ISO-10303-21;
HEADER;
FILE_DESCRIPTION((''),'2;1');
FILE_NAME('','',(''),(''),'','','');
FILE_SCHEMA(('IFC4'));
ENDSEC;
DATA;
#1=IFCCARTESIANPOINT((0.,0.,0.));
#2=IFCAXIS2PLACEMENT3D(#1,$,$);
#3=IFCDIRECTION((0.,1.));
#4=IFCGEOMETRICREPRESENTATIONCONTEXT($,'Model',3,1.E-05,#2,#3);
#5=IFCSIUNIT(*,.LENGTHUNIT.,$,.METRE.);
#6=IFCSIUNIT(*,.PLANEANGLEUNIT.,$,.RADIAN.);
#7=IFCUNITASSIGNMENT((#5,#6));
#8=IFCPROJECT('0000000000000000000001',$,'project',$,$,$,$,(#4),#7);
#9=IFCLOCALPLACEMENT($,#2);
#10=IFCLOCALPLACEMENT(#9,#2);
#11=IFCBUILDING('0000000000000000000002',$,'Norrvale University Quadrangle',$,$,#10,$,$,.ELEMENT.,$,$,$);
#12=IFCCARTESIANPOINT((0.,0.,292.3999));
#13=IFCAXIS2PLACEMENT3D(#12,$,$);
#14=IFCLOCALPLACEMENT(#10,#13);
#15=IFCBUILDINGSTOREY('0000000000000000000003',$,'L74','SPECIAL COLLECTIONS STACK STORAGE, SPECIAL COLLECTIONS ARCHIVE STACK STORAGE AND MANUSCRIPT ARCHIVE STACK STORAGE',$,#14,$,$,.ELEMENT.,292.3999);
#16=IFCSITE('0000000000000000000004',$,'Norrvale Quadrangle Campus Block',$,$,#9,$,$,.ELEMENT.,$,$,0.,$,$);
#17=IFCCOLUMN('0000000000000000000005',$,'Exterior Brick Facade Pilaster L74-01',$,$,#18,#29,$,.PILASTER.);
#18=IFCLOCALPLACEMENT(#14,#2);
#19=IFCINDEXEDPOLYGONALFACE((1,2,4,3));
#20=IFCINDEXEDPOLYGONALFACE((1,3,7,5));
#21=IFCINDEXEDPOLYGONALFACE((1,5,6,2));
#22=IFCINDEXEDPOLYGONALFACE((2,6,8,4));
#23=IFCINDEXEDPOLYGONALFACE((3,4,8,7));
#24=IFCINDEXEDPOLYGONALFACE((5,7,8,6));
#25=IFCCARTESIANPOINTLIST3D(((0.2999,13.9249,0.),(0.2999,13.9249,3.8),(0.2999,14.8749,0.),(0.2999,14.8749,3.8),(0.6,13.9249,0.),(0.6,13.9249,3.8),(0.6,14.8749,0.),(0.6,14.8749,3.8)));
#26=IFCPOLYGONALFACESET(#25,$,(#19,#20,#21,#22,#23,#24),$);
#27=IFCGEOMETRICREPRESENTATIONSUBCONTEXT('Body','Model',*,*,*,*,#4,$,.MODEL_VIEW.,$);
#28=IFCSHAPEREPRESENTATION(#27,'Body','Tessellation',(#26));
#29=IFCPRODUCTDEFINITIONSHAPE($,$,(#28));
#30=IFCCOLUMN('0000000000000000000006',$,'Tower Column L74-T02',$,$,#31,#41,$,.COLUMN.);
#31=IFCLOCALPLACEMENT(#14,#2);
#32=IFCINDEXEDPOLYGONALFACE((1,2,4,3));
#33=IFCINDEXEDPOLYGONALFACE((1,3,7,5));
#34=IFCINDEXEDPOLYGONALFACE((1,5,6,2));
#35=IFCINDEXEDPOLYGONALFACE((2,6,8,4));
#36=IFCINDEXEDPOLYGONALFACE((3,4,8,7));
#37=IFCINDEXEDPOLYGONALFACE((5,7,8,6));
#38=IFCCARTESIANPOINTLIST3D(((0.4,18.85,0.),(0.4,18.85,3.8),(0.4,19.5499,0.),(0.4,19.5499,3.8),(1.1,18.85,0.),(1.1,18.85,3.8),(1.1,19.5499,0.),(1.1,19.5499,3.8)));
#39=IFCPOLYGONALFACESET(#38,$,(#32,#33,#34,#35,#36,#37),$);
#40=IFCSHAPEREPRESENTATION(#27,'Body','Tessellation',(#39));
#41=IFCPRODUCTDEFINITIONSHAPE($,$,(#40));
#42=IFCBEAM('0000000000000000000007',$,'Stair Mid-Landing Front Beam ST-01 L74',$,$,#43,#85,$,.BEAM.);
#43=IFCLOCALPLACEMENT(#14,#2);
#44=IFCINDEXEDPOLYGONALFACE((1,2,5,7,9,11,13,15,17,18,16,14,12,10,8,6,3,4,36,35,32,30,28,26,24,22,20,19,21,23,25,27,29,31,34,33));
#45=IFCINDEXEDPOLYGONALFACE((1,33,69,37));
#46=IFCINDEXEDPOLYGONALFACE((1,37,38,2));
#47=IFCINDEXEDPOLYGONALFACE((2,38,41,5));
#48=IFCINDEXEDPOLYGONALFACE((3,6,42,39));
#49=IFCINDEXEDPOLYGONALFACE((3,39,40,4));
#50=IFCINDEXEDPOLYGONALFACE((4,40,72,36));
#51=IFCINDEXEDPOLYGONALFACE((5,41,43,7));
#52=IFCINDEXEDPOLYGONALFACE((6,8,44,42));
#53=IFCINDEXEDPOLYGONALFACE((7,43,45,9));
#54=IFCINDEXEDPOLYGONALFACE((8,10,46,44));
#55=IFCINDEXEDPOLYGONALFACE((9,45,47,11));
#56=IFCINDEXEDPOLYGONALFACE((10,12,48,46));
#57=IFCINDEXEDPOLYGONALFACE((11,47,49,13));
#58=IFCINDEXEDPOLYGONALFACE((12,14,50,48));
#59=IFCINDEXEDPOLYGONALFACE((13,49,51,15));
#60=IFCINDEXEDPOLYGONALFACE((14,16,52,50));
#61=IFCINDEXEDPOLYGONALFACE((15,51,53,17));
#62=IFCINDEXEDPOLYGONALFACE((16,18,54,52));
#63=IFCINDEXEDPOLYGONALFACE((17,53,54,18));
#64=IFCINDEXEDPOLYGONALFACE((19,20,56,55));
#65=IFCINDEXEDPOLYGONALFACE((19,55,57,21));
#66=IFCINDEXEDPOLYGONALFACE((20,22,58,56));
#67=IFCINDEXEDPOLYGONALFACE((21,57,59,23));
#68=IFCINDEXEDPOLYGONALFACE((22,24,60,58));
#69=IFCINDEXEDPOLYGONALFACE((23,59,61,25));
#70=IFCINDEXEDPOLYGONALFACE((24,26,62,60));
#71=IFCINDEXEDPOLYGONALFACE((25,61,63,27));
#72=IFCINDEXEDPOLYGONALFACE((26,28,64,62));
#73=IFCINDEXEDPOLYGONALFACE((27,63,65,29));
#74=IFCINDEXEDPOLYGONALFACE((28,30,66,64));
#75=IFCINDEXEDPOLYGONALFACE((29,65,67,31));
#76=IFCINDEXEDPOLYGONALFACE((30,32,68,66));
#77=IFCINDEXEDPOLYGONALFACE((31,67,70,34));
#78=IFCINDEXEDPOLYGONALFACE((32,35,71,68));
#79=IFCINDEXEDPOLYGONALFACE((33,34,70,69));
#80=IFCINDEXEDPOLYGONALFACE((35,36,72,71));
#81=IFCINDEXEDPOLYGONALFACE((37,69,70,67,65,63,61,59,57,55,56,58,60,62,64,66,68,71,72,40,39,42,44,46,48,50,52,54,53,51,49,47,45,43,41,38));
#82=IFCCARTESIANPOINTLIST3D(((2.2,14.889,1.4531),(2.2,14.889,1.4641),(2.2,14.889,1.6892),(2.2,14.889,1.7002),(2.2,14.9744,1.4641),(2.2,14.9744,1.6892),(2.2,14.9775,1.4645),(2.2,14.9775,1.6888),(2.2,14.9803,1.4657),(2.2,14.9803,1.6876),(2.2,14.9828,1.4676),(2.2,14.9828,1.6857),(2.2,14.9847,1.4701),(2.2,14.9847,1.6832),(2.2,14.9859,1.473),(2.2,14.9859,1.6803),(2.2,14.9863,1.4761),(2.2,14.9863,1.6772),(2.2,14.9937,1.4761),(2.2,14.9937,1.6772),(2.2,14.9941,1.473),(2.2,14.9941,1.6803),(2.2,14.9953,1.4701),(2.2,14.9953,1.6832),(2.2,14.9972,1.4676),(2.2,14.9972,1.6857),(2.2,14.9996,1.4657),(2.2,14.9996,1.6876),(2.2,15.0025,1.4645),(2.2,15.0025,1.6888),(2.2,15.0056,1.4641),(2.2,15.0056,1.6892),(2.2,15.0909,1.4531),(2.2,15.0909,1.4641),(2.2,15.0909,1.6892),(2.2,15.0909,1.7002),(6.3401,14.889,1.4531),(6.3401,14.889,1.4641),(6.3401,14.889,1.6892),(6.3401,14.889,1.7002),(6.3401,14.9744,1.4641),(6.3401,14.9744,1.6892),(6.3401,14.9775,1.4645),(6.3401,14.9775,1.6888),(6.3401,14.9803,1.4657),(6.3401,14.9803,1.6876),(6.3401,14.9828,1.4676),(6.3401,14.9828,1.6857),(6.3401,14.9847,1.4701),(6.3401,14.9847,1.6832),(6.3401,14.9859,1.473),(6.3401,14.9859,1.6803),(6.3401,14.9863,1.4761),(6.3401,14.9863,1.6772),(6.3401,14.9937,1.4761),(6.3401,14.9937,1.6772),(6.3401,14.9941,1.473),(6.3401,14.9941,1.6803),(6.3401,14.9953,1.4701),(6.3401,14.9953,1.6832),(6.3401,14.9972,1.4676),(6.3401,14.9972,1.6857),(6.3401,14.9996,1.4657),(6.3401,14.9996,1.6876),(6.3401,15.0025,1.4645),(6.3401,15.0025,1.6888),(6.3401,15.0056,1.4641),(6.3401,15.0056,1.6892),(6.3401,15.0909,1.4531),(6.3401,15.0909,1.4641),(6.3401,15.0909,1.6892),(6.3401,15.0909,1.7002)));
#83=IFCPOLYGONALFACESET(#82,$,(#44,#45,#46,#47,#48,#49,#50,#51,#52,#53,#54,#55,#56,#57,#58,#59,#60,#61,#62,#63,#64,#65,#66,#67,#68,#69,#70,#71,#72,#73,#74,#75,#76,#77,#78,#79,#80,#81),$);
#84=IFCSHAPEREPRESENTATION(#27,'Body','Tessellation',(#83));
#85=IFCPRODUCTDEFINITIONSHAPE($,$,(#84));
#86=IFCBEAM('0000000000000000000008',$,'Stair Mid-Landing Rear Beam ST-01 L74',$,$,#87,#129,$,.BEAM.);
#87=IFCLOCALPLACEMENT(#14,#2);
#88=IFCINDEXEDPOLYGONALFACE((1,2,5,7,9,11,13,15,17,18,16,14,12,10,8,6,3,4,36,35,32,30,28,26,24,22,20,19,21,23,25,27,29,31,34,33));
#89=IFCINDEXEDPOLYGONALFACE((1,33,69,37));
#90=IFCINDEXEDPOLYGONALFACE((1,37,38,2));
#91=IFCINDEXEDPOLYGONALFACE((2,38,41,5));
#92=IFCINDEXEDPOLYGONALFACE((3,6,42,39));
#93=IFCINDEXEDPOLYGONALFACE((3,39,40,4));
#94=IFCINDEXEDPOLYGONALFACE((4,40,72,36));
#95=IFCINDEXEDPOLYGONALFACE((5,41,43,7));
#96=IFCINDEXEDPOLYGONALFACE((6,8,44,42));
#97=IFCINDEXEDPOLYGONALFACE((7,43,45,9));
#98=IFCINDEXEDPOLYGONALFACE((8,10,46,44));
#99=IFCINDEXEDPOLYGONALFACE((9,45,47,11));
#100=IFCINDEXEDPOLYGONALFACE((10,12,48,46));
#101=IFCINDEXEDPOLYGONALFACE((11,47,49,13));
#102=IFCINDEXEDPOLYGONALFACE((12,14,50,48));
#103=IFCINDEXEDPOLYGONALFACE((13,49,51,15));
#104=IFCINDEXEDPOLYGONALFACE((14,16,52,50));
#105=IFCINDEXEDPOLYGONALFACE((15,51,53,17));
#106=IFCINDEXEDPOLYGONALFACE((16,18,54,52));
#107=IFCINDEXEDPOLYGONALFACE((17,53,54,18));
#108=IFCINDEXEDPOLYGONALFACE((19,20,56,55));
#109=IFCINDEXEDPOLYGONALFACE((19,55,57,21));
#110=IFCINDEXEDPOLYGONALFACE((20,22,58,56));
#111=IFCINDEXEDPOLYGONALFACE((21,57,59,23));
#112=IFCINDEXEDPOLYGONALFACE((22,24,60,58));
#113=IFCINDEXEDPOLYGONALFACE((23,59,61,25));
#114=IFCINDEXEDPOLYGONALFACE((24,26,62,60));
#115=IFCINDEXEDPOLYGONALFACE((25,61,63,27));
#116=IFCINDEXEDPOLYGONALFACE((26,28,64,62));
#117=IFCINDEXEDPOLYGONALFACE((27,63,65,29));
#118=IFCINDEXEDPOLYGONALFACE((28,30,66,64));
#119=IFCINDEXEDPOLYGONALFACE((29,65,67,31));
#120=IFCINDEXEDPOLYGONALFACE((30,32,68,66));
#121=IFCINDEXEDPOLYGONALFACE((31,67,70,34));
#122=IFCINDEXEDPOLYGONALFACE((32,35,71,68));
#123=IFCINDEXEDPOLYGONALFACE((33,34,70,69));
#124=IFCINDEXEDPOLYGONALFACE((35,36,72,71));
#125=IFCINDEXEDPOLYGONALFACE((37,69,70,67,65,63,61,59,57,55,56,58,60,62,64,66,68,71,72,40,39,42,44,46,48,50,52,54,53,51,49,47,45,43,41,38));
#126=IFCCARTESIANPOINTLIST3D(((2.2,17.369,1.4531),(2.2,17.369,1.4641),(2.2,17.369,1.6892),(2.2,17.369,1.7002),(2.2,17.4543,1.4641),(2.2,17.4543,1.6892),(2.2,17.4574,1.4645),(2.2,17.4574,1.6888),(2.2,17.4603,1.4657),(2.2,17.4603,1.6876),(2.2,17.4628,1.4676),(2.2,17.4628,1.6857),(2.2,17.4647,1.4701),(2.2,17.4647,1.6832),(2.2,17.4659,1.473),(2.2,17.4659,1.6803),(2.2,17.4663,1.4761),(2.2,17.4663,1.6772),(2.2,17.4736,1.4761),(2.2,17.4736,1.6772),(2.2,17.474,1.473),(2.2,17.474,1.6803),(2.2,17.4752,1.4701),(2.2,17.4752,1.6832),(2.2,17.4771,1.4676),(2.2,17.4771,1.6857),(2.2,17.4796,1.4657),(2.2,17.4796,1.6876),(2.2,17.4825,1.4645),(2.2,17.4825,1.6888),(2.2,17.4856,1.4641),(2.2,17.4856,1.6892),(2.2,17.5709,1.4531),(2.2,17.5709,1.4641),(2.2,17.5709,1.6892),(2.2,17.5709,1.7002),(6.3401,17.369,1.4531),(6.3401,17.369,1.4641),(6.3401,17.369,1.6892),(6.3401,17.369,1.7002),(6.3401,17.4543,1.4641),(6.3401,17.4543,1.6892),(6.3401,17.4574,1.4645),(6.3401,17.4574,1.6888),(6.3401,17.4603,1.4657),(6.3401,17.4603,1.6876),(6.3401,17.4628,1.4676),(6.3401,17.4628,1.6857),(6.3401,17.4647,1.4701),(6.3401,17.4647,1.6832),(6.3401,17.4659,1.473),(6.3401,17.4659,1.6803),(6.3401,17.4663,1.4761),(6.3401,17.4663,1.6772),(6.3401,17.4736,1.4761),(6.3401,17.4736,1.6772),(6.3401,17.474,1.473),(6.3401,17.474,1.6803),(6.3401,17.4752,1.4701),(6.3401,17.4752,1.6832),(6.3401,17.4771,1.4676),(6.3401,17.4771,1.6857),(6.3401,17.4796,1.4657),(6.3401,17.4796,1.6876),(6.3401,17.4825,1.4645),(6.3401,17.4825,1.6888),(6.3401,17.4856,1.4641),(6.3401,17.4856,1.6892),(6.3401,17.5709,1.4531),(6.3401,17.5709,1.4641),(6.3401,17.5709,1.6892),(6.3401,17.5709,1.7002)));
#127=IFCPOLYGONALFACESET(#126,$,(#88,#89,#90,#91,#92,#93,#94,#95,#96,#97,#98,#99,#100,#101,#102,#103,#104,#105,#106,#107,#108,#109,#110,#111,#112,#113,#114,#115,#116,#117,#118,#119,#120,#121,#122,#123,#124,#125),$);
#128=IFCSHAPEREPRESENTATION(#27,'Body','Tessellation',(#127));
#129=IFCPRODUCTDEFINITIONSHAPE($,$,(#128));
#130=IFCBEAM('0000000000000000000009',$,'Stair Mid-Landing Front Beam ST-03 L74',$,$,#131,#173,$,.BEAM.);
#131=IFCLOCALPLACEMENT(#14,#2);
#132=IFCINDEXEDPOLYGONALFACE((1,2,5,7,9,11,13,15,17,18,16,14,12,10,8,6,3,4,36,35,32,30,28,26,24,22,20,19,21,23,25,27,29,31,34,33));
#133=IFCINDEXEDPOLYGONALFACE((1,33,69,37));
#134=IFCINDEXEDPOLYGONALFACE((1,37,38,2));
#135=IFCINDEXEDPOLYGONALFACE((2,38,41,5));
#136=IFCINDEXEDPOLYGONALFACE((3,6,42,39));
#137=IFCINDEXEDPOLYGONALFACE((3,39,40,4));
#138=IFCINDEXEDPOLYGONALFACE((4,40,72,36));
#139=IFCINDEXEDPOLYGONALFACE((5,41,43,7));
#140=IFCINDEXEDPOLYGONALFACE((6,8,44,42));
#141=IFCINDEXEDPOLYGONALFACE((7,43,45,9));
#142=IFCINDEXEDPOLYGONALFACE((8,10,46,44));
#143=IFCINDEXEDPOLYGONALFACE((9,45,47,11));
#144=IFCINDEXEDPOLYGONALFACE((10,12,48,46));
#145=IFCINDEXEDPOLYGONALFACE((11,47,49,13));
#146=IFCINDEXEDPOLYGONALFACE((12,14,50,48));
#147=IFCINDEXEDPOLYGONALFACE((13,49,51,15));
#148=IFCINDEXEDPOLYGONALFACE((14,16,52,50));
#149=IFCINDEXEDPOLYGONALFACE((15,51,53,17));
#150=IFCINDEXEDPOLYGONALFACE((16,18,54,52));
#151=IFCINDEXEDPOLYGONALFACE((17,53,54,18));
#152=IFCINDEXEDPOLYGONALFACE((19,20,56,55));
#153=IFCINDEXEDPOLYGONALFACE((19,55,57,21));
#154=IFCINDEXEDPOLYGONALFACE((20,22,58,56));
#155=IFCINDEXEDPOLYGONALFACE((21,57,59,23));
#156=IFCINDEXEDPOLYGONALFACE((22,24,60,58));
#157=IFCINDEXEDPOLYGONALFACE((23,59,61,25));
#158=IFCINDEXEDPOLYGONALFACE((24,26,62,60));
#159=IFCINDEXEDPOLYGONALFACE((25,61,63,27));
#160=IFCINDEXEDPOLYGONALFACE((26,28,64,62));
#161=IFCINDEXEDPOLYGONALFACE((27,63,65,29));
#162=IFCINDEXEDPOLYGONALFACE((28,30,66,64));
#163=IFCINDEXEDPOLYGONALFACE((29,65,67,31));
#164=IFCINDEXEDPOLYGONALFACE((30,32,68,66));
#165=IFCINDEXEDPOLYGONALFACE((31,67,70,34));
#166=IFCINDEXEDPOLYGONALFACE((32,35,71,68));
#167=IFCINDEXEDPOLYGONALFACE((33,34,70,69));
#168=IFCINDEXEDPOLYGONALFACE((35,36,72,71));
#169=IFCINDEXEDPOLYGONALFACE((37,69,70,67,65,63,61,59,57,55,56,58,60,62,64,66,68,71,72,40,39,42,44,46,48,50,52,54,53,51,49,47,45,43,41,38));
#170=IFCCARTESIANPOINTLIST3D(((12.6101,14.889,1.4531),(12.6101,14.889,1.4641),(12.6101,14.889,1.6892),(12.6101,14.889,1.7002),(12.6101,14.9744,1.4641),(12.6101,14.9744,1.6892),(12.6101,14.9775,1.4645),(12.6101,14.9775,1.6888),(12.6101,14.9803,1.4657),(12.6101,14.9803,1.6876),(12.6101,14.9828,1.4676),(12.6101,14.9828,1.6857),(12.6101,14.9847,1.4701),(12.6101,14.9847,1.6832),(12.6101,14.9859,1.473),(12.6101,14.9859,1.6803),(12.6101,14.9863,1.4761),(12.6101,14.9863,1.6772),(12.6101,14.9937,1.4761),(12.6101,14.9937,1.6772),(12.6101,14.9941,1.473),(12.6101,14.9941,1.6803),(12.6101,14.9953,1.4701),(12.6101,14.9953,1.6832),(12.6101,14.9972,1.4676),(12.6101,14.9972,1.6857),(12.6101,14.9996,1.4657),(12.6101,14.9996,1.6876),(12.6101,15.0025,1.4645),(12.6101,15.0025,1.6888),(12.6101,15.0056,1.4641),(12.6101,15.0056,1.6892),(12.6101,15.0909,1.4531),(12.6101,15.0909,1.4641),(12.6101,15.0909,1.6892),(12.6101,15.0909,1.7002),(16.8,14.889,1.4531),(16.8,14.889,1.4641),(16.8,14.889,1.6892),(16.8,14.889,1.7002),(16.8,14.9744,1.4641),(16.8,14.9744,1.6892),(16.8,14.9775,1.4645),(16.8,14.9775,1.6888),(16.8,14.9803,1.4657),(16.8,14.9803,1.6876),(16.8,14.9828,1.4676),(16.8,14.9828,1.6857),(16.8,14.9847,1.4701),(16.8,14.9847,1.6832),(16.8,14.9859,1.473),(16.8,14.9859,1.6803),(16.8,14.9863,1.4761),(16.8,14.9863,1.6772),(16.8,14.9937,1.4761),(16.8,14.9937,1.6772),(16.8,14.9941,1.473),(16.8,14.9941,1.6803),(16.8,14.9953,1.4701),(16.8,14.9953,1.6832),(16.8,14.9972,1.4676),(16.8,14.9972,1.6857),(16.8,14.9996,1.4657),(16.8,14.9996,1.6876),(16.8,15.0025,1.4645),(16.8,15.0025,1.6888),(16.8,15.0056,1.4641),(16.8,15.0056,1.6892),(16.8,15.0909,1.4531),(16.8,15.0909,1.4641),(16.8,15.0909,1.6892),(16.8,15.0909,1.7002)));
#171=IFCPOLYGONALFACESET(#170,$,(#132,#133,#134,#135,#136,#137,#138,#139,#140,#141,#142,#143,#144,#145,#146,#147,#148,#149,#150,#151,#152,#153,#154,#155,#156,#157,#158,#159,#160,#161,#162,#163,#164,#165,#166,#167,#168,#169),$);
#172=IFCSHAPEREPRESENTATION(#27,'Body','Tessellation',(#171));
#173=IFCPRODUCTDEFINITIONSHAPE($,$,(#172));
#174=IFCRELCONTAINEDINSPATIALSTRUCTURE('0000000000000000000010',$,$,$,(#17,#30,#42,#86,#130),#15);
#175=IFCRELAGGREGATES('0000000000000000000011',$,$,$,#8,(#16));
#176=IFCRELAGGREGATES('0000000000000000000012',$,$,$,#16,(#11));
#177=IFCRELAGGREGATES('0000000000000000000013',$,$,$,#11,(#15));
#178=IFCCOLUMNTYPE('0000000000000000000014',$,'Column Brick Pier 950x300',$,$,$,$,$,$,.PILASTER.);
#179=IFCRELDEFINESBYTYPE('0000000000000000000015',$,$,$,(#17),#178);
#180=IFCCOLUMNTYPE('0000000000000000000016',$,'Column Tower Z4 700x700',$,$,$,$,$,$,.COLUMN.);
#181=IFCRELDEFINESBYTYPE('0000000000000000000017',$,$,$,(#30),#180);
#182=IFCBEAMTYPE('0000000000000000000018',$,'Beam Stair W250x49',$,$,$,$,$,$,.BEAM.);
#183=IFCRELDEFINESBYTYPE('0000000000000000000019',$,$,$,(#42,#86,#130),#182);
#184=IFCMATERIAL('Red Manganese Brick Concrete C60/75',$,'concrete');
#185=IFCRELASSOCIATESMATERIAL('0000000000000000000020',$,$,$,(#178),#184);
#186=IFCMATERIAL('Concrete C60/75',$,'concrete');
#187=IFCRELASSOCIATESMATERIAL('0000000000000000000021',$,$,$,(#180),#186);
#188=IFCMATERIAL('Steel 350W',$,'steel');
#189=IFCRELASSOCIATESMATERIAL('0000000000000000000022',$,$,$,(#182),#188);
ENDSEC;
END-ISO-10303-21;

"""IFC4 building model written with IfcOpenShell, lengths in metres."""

from ifc_helpers import new_model, si_unit, direction, frame, origin, origin_2d, place, context, subcontext, project, spatial, rectangle, i_section, extrude, material, material_profile, profile_set, type_object, element, save


model = new_model("IFC4")

# Units and contexts
model_context = context("Model", 3, precision=1e-05, world=origin(), true_north=direction((0.0, 1.0)))
body_context = subcontext(model_context, "Body", "Model", "MODEL_VIEW")
ifc_project = project(units=[si_unit("LENGTHUNIT", "METRE"), si_unit("PLANEANGLEUNIT", "RADIAN")], contexts=[model_context])

# Site, building, storey
site_placement = place(None, origin())
site = spatial("IfcSite", under=ifc_project, at=site_placement, Name="Norrvale Quadrangle Campus Block", CompositionType="ELEMENT", RefElevation=0.0)
building_placement = place(site_placement, origin())
building = spatial("IfcBuilding", under=site, at=building_placement, Name="Norrvale University Quadrangle", CompositionType="ELEMENT")
storey_placement = place(building_placement, frame((0.0, 0.0, 292.3999)))
storey = spatial("IfcBuildingStorey", under=building, at=storey_placement, Name="L74", Description="SPECIAL COLLECTIONS STACK STORAGE, SPECIAL COLLECTIONS ARCHIVE STACK STORAGE AND MANUSCRIPT ARCHIVE STACK STORAGE", CompositionType="ELEMENT", Elevation=292.3999)

# Columns
ifc_material_1 = material(Name="Red Manganese Brick Concrete C60/75", Category="concrete")
ifc_material_profile_1 = material_profile(ifc_material_1, rectangle(XDim=0.95, YDim=0.3, at=origin_2d()), Name="Red Manganese Brick Concrete C60/75")
ifc_profile_set_1 = profile_set([ifc_material_profile_1], Name="Red Manganese Brick Concrete C60/75")
column_type_1 = type_object("IfcColumnType", Name="Column Brick Pier 950x300", PredefinedType="PILASTER", material=ifc_profile_set_1)
column_1_placement = place(storey_placement, frame((0.45, 14.3999, 0.0), z_axis=(0.0, 0.0, 1.0), x_axis=(0.0, 1.0, 0.0)))
element("IfcColumn", 1, at=column_1_placement, inside=storey, type_object=column_type_1, Name="Exterior Brick Facade Pilaster L74-01", PredefinedType="PILASTER", context=body_context, shape_type="SweptSolid", body=[
    extrude(rectangle(XDim=0.95, YDim=0.3, at=origin_2d()), origin(), (0.0, 0.0, 1.0), 3.8),
])
ifc_material_2 = material(Name="Concrete C60/75", Category="concrete")
ifc_material_profile_2 = material_profile(ifc_material_2, rectangle(XDim=0.7, YDim=0.7, at=origin_2d()), Name="Concrete C60/75")
ifc_profile_set_2 = profile_set([ifc_material_profile_2], Name="Concrete C60/75")
column_type_2 = type_object("IfcColumnType", Name="Column Tower Z4 700x700", PredefinedType="COLUMN", material=ifc_profile_set_2)
column_2_placement = place(storey_placement, frame((0.75, 19.2, 0.0), z_axis=(0.0, 0.0, 1.0), x_axis=(1.0, 0.0, 0.0)))
element("IfcColumn", 2, at=column_2_placement, inside=storey, type_object=column_type_2, Name="Tower Column L74-T02", PredefinedType="COLUMN", context=body_context, shape_type="SweptSolid", body=[
    extrude(rectangle(XDim=0.7, YDim=0.7, at=origin_2d()), origin(), (0.0, 0.0, 1.0), 3.8),
])

# Beams
ifc_material_3 = material(Name="Steel 350W", Category="steel")
ifc_material_profile_3 = material_profile(ifc_material_3, i_section(OverallWidth=0.2019, OverallDepth=0.2471, WebThickness=0.0073, FlangeThickness=0.011, FilletRadius=0.012, at=origin_2d()), Name="Steel 350W")
ifc_profile_set_3 = profile_set([ifc_material_profile_3], Name="Steel 350W")
beam_type_1 = type_object("IfcBeamType", Name="Beam Stair W250x49", PredefinedType="BEAM", material=ifc_profile_set_3)
for number, where, z_axis, x_axis, name in (
    (3, (2.2, 14.99, 1.5767), (1.0, 0.0, 0.0), (0.0, 1.0, 0.0), "Stair Mid-Landing Front Beam ST-01 L74"),
    (4, (2.2, 17.47, 1.5767), (1.0, 0.0, 0.0), (0.0, 1.0, 0.0), "Stair Mid-Landing Rear Beam ST-01 L74"),
):
    element("IfcBeam", number, at=place(storey_placement, frame(where, z_axis=z_axis, x_axis=x_axis)), inside=storey, type_object=beam_type_1, Name=name, PredefinedType="BEAM", context=body_context, shape_type="SweptSolid", body=[
        extrude(i_section(OverallWidth=0.2019, OverallDepth=0.2471, WebThickness=0.0073, FlangeThickness=0.011, FilletRadius=0.012, at=origin_2d()), origin(), (0.0, 0.0, 1.0), 4.1401),
    ])
for number, where, z_axis, x_axis, name in (
    (5, (12.6101, 14.99, 1.5767), (1.0, 0.0, 0.0), (0.0, 1.0, 0.0), "Stair Mid-Landing Front Beam ST-03 L74"),
):
    element("IfcBeam", number, at=place(storey_placement, frame(where, z_axis=z_axis, x_axis=x_axis)), inside=storey, type_object=beam_type_1, Name=name, PredefinedType="BEAM", context=body_context, shape_type="SweptSolid", body=[
        extrude(i_section(OverallWidth=0.2019, OverallDepth=0.2471, WebThickness=0.0073, FlangeThickness=0.011, FilletRadius=0.012, at=origin_2d()), origin(), (0.0, 0.0, 1.0), 4.1899),
    ])

save(model, "model.ifc")
